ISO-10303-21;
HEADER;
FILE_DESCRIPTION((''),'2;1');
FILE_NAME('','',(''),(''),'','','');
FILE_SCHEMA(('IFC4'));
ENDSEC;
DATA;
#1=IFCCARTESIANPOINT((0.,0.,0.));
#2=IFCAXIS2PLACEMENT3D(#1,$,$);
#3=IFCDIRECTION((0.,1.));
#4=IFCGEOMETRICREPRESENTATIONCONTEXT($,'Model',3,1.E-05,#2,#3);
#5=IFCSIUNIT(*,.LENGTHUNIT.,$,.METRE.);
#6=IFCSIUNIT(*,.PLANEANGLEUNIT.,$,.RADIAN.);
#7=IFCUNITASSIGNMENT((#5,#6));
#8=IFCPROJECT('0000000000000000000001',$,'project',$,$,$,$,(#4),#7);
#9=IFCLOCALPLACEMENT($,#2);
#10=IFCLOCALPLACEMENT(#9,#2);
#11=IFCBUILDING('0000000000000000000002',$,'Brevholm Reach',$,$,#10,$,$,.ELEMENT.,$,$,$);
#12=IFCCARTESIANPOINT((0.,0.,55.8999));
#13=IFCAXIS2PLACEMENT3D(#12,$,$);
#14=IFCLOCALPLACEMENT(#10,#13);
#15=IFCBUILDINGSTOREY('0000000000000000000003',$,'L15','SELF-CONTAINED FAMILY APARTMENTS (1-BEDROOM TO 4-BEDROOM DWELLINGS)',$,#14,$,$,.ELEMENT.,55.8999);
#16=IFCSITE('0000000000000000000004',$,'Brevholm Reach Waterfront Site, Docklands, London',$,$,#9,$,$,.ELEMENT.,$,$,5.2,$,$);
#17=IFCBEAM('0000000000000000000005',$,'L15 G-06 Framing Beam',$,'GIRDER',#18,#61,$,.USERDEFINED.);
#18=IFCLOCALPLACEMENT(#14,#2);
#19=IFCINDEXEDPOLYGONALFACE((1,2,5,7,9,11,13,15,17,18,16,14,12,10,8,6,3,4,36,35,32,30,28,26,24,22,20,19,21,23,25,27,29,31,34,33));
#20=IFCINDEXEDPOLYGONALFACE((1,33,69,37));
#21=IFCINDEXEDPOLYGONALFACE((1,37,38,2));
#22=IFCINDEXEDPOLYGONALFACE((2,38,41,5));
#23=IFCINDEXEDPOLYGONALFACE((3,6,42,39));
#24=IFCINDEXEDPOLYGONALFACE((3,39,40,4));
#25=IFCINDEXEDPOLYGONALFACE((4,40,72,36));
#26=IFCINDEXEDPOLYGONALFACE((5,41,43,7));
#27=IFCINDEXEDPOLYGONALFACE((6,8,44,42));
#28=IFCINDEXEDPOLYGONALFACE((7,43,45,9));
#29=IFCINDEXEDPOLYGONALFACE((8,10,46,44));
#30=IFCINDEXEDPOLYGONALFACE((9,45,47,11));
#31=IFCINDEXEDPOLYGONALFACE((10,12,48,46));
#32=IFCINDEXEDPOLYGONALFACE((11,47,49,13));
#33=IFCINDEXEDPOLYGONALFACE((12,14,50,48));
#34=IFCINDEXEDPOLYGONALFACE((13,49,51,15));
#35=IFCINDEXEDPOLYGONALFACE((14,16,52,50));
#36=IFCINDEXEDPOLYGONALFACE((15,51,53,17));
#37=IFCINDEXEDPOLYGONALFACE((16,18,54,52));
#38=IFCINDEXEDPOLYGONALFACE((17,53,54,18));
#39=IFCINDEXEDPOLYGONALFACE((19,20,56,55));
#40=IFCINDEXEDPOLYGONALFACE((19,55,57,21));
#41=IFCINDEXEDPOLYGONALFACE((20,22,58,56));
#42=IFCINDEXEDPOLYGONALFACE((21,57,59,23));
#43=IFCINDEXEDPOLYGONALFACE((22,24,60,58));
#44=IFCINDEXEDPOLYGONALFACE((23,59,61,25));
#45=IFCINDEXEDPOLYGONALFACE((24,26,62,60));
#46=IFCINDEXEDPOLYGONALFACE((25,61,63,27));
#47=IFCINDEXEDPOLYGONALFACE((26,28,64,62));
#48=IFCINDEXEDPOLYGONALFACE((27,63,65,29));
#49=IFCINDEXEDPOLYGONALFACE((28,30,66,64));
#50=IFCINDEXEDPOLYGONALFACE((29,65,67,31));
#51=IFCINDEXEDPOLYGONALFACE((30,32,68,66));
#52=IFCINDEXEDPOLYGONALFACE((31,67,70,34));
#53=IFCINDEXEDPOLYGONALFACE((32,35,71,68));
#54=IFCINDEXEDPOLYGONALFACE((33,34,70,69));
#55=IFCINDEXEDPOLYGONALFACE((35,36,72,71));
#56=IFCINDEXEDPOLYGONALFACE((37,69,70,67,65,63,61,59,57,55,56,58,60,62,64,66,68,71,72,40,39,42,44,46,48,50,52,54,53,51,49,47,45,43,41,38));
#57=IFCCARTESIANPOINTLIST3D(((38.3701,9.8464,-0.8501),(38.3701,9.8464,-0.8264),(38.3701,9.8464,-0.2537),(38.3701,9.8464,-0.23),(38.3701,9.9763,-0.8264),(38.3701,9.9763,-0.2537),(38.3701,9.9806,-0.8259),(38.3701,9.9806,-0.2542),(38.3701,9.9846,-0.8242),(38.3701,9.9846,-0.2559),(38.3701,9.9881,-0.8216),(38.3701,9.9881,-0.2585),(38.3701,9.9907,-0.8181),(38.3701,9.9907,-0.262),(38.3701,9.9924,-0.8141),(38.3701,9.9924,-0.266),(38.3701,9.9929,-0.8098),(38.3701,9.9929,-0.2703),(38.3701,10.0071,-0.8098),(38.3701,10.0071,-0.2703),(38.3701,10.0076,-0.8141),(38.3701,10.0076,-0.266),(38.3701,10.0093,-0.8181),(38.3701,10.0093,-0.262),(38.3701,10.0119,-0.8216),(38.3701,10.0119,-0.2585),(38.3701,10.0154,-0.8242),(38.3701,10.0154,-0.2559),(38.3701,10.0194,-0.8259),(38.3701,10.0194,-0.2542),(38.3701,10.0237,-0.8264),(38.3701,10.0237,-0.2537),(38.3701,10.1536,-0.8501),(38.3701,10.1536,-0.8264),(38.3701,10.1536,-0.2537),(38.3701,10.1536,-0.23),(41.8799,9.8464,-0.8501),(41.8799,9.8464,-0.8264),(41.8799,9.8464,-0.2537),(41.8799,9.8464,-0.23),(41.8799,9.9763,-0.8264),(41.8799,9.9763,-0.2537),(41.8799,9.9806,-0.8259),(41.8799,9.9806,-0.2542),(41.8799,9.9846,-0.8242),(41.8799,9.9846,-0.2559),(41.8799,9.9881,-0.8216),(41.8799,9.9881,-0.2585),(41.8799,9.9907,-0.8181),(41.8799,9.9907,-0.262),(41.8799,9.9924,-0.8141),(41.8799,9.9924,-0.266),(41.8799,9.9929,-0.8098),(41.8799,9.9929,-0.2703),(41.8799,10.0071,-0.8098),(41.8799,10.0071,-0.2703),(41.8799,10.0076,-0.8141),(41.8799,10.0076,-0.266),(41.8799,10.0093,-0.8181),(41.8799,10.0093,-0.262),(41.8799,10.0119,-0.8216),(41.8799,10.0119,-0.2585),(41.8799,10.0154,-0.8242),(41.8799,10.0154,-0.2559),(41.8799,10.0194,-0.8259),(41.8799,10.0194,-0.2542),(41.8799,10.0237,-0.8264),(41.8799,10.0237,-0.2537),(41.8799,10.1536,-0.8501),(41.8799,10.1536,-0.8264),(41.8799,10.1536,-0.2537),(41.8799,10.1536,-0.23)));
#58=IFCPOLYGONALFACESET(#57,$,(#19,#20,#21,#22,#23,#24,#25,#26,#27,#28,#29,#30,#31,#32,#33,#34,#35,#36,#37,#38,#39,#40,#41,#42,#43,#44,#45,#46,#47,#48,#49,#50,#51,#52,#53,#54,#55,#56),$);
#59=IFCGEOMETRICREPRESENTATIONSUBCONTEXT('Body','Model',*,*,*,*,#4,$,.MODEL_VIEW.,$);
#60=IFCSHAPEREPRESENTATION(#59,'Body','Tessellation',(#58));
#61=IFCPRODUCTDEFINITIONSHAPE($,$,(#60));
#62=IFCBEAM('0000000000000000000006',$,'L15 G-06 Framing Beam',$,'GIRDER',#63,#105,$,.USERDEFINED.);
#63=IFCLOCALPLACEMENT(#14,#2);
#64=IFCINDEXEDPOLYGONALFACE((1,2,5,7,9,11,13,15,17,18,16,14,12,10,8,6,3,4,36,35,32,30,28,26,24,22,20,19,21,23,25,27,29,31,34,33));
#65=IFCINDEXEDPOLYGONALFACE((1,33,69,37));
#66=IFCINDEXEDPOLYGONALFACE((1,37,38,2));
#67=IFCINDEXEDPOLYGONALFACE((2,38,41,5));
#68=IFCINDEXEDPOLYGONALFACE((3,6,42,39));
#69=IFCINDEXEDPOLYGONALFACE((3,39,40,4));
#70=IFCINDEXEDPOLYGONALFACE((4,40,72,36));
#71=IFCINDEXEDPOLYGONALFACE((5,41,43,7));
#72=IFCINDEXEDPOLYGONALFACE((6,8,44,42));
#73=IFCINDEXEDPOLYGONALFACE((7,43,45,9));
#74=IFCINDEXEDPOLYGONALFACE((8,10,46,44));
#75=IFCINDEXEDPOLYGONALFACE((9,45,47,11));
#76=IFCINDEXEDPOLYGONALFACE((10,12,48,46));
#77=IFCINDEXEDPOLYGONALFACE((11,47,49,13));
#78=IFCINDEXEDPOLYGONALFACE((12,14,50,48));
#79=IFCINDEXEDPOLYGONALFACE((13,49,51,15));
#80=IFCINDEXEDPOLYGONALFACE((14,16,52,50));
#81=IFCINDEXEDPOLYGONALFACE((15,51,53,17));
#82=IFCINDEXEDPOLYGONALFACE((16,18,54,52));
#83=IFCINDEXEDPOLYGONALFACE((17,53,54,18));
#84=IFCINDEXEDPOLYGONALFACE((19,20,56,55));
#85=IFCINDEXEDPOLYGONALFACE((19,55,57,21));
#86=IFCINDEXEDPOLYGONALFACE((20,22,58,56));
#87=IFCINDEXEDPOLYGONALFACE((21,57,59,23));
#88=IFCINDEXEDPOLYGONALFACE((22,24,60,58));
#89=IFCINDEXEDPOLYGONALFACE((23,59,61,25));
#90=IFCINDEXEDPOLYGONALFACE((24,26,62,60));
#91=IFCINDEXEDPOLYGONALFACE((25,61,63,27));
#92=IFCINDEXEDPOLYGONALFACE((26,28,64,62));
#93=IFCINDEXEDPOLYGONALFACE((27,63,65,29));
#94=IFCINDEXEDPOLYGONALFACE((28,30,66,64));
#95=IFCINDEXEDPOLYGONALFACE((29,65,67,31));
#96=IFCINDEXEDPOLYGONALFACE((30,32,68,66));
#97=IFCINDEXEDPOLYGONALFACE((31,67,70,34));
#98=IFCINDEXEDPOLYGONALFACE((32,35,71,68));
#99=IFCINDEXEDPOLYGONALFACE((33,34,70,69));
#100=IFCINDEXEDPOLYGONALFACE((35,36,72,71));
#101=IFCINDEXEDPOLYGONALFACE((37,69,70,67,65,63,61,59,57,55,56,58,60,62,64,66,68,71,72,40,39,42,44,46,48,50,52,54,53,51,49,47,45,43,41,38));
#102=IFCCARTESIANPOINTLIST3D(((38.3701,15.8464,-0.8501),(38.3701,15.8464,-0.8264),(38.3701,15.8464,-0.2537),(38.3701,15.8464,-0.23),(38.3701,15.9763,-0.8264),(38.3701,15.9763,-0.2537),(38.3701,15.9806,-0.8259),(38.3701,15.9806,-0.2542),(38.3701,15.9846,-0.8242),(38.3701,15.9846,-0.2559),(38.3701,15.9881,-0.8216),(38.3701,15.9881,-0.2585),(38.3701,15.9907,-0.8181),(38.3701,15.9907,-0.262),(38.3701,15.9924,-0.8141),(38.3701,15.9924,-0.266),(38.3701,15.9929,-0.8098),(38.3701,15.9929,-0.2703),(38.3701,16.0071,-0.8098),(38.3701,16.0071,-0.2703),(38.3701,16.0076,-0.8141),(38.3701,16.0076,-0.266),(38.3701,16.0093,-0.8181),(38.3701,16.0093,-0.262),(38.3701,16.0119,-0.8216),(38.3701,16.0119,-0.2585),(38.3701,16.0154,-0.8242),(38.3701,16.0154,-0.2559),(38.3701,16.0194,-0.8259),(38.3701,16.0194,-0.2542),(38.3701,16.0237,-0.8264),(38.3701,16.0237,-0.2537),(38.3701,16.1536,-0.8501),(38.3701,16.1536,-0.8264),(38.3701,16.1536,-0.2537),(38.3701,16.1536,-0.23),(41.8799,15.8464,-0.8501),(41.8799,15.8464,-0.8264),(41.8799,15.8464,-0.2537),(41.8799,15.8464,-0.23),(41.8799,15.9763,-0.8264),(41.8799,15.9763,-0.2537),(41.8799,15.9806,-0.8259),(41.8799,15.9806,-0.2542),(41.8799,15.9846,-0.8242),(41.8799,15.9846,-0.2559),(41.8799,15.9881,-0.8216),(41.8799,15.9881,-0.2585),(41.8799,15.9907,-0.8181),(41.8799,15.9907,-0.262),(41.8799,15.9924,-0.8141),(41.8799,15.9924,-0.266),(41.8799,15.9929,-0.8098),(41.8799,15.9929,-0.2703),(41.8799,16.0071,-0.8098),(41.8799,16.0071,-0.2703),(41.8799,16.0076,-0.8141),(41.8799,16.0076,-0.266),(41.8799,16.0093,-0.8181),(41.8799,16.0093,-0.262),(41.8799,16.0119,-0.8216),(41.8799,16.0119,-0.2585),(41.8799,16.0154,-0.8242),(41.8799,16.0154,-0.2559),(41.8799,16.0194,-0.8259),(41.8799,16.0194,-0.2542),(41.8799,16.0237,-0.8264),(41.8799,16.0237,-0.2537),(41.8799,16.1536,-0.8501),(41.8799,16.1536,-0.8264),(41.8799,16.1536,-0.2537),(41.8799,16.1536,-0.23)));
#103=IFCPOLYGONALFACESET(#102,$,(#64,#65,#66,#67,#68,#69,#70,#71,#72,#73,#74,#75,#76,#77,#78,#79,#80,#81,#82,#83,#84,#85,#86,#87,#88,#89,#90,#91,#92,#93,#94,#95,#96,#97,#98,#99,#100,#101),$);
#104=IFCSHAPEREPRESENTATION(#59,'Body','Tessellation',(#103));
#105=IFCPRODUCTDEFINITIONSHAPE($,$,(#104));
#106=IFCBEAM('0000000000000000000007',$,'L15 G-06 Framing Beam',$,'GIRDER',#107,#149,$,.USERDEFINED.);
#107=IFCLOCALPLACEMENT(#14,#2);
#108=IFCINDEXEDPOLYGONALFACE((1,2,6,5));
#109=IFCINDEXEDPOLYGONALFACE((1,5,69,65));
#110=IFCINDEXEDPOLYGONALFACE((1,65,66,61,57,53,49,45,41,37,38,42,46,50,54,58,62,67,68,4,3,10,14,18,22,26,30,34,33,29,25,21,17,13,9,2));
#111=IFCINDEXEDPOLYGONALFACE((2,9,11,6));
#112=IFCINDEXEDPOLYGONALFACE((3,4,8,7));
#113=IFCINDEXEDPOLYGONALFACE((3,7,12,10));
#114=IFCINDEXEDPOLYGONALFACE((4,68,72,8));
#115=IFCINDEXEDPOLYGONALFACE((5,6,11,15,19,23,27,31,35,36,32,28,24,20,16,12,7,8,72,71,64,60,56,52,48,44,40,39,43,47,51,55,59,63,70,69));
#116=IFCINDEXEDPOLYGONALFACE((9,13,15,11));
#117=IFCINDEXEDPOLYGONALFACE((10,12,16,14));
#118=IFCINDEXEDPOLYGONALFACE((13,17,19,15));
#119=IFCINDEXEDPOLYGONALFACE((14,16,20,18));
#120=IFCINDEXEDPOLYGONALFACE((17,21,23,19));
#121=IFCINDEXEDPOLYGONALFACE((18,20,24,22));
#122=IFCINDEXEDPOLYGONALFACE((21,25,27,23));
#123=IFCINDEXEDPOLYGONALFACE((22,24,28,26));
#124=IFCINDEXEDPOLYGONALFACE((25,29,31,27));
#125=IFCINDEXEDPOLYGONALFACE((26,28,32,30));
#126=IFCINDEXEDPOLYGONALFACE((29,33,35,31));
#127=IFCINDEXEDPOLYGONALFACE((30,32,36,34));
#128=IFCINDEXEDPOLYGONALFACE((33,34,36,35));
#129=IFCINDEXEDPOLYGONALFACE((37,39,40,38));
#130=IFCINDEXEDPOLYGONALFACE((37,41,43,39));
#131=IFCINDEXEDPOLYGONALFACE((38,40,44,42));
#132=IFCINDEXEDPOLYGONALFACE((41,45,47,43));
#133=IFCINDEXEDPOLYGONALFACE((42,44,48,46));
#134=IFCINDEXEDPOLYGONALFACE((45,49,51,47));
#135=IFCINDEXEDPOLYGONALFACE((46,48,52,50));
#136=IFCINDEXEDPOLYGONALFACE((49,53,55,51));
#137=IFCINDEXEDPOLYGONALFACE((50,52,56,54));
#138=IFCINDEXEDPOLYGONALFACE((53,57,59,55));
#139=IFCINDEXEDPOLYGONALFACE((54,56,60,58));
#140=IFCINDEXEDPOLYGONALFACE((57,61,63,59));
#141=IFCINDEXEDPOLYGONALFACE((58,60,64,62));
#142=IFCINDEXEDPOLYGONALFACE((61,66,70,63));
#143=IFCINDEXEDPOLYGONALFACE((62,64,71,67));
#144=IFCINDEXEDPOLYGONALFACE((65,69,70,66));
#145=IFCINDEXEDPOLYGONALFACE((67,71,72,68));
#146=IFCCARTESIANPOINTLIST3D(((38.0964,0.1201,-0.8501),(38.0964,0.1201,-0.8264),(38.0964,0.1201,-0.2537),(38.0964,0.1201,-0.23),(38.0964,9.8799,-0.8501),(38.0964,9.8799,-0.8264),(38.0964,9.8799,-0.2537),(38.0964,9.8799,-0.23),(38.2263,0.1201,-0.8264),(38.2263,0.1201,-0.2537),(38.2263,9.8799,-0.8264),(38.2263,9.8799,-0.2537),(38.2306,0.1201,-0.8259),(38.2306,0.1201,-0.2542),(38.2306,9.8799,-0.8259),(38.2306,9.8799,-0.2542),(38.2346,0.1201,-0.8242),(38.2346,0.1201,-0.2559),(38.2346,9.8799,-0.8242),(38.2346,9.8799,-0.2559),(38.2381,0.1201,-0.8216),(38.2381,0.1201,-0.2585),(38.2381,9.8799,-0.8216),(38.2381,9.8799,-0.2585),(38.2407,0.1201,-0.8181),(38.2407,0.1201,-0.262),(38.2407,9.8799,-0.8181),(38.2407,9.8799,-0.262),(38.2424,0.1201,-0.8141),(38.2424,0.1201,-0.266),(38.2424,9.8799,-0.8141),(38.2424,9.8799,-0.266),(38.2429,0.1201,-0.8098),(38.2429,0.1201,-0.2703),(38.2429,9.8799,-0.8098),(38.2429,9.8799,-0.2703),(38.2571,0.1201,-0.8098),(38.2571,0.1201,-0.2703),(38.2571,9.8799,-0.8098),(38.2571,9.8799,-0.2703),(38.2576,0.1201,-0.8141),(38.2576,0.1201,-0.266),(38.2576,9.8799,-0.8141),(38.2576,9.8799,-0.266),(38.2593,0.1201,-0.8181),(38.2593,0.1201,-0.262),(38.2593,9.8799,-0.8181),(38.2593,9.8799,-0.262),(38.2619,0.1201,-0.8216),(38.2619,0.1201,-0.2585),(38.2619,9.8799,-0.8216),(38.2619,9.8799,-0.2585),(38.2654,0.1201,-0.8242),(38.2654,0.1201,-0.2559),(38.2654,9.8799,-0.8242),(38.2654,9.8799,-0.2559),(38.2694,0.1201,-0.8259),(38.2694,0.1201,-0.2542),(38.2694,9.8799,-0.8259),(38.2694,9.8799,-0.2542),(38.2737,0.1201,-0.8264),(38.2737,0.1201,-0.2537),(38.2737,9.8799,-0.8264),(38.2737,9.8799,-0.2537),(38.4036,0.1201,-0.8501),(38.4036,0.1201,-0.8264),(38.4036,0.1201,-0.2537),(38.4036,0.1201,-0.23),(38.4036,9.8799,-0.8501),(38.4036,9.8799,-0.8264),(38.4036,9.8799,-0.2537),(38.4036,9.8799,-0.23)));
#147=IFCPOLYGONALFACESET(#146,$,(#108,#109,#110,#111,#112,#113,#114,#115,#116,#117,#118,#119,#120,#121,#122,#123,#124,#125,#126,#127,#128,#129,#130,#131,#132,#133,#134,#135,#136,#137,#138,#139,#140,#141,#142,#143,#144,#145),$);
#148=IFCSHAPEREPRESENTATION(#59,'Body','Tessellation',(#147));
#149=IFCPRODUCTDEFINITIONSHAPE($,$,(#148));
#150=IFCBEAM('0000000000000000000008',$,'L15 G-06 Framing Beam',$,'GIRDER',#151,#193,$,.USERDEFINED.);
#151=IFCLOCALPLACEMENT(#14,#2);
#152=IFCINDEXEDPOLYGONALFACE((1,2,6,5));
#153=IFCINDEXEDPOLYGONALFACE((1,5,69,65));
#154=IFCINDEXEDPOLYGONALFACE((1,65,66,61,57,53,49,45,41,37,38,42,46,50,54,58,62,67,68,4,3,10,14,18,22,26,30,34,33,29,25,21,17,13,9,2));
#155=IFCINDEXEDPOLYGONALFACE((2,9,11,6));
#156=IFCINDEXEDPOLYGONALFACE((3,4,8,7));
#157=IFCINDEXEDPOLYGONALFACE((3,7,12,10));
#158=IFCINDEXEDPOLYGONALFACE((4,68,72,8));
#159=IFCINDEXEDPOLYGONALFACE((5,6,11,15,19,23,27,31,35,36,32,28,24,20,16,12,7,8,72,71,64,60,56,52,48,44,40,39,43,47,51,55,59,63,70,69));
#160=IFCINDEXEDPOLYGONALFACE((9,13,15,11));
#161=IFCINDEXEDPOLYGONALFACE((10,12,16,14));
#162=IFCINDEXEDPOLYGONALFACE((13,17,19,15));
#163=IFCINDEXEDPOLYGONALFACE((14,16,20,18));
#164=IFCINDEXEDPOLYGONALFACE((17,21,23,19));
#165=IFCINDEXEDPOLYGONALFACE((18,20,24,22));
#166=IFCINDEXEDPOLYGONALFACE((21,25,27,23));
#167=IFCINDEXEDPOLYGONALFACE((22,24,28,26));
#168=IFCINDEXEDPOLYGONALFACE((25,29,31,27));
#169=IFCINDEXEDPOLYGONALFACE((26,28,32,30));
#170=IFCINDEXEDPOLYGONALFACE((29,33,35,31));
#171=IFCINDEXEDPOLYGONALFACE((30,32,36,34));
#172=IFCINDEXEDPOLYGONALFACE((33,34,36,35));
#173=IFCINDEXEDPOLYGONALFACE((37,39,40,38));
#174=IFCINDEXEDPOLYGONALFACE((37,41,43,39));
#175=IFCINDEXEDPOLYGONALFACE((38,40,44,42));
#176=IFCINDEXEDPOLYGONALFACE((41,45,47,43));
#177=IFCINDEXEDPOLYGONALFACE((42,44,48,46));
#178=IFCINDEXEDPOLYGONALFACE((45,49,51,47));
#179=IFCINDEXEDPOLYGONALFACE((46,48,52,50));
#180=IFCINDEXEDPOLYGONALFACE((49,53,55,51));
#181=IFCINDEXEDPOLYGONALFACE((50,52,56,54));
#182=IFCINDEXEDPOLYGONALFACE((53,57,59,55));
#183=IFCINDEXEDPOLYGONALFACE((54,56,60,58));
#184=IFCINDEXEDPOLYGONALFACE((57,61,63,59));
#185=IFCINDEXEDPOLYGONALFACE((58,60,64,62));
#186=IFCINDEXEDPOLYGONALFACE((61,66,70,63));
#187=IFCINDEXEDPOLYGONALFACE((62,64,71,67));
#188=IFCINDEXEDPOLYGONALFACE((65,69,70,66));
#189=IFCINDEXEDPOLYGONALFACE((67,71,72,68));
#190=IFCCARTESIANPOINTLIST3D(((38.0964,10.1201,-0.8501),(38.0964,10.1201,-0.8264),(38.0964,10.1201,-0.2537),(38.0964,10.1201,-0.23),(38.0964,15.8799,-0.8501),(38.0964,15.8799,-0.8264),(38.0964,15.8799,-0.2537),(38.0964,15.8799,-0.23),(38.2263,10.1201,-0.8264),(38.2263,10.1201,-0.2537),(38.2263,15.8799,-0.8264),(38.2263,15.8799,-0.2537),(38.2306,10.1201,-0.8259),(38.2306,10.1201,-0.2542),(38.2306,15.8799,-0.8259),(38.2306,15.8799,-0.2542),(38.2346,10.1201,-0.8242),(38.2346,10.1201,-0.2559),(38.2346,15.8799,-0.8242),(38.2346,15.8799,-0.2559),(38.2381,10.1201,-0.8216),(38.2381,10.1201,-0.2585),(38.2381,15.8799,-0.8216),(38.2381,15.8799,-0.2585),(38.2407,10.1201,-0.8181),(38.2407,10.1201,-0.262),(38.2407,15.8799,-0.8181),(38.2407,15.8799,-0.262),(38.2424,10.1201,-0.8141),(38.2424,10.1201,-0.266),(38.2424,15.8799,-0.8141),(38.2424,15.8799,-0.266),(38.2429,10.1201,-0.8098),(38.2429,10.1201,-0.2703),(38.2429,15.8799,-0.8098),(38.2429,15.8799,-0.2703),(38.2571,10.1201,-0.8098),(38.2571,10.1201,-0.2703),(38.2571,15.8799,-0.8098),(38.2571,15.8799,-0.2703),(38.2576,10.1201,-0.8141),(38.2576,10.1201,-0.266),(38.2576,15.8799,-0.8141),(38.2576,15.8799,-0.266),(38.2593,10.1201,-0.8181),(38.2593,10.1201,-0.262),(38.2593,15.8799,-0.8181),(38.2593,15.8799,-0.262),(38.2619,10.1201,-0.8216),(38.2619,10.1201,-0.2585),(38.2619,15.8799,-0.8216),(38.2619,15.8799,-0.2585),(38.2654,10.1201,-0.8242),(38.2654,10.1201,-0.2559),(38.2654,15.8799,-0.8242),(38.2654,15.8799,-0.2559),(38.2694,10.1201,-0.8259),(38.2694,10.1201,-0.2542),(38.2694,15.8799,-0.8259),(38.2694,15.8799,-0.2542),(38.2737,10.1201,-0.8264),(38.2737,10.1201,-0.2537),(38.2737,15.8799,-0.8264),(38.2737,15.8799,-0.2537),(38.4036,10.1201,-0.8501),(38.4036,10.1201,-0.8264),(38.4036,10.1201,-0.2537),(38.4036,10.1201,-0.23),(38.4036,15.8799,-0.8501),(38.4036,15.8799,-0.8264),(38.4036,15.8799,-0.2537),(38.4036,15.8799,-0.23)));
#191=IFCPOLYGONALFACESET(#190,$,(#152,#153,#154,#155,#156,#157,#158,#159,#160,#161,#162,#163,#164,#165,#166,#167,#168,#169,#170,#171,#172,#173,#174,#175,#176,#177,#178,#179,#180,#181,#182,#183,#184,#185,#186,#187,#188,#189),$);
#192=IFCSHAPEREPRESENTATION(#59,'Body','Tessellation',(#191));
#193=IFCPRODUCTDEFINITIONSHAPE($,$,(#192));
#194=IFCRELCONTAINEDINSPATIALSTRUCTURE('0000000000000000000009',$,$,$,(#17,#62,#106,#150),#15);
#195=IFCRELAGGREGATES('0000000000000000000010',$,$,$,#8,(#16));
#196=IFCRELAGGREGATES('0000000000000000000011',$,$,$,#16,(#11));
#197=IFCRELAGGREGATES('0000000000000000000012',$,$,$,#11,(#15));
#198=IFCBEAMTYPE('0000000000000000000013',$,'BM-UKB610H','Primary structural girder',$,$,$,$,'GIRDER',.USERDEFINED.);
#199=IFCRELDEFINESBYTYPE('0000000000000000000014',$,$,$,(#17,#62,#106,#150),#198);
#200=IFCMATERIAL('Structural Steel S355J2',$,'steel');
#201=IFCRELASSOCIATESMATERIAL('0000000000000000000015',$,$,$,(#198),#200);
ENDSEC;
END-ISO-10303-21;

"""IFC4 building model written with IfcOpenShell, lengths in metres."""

from ifc_helpers import new_model, si_unit, direction, frame, origin, origin_2d, place, context, subcontext, project, spatial, i_section, extrude, material, material_profile, profile_set, type_object, element, save


model = new_model("IFC4")

# Units and contexts
model_context = context("Model", 3, precision=1e-05, world=origin(), true_north=direction((0.0, 1.0)))
body_context = subcontext(model_context, "Body", "Model", "MODEL_VIEW")
ifc_project = project(units=[si_unit("LENGTHUNIT", "METRE"), si_unit("PLANEANGLEUNIT", "RADIAN")], contexts=[model_context])

# Site, building, storey
site_placement = place(None, origin())
site = spatial("IfcSite", under=ifc_project, at=site_placement, Name="Brevholm Reach Waterfront Site, Docklands, London", CompositionType="ELEMENT", RefElevation=5.2)
building_placement = place(site_placement, origin())
building = spatial("IfcBuilding", under=site, at=building_placement, Name="Brevholm Reach", CompositionType="ELEMENT")
storey_placement = place(building_placement, frame((0.0, 0.0, 55.8999)))
storey = spatial("IfcBuildingStorey", under=building, at=storey_placement, Name="L15", Description="SELF-CONTAINED FAMILY APARTMENTS (1-BEDROOM TO 4-BEDROOM DWELLINGS)", CompositionType="ELEMENT", Elevation=55.8999)

# Beams
ifc_material_1 = material(Name="Structural Steel S355J2", Category="steel")
ifc_material_profile_1 = material_profile(ifc_material_1, i_section(OverallWidth=0.3071, OverallDepth=0.6201, WebThickness=0.0142, FlangeThickness=0.0237, FilletRadius=0.0166, at=origin_2d()), Name="UKB 610x305x179")
ifc_profile_set_1 = profile_set([ifc_material_profile_1], Name="Structural Steel S355J2")
beam_type_1 = type_object("IfcBeamType", Name="BM-UKB610H", Description="Primary structural girder", ElementType="GIRDER", PredefinedType="USERDEFINED", material=ifc_profile_set_1)
for number, where, z_axis, x_axis, name in (
    (1, (38.3701, 10.0, -0.54), (1.0, 0.0, 0.0), (0.0, 1.0, 0.0), "L15 G-06 Framing Beam"),
    (2, (38.3701, 16.0, -0.54), (1.0, 0.0, 0.0), (0.0, 1.0, 0.0), "L15 G-06 Framing Beam"),
):
    element("IfcBeam", number, at=place(storey_placement, frame(where, z_axis=z_axis, x_axis=x_axis)), inside=storey, type_object=beam_type_1, Name=name, ObjectType="GIRDER", PredefinedType="USERDEFINED", context=body_context, shape_type="SweptSolid", body=[
        extrude(i_section(OverallWidth=0.3071, OverallDepth=0.6201, WebThickness=0.0142, FlangeThickness=0.0237, FilletRadius=0.0166, at=origin_2d()), origin(), (0.0, 0.0, 1.0), 3.5098),
    ])
beam_1_placement = place(storey_placement, frame((38.25, 0.1201, -0.54), z_axis=(0.0, 1.0, 0.0), x_axis=(-1.0, 0.0, 0.0)))
element("IfcBeam", 3, at=beam_1_placement, inside=storey, type_object=beam_type_1, Name="L15 G-06 Framing Beam", ObjectType="GIRDER", PredefinedType="USERDEFINED", context=body_context, shape_type="SweptSolid", body=[
    extrude(i_section(OverallWidth=0.3071, OverallDepth=0.6201, WebThickness=0.0142, FlangeThickness=0.0237, FilletRadius=0.0166, at=origin_2d()), origin(), (0.0, 0.0, 1.0), 9.7598),
])
beam_2_placement = place(storey_placement, frame((38.25, 10.1201, -0.54), z_axis=(0.0, 1.0, 0.0), x_axis=(-1.0, 0.0, 0.0)))
element("IfcBeam", 4, at=beam_2_placement, inside=storey, type_object=beam_type_1, Name="L15 G-06 Framing Beam", ObjectType="GIRDER", PredefinedType="USERDEFINED", context=body_context, shape_type="SweptSolid", body=[
    extrude(i_section(OverallWidth=0.3071, OverallDepth=0.6201, WebThickness=0.0142, FlangeThickness=0.0237, FilletRadius=0.0166, at=origin_2d()), origin(), (0.0, 0.0, 1.0), 5.7598),
])

save(model, "model.ifc")
